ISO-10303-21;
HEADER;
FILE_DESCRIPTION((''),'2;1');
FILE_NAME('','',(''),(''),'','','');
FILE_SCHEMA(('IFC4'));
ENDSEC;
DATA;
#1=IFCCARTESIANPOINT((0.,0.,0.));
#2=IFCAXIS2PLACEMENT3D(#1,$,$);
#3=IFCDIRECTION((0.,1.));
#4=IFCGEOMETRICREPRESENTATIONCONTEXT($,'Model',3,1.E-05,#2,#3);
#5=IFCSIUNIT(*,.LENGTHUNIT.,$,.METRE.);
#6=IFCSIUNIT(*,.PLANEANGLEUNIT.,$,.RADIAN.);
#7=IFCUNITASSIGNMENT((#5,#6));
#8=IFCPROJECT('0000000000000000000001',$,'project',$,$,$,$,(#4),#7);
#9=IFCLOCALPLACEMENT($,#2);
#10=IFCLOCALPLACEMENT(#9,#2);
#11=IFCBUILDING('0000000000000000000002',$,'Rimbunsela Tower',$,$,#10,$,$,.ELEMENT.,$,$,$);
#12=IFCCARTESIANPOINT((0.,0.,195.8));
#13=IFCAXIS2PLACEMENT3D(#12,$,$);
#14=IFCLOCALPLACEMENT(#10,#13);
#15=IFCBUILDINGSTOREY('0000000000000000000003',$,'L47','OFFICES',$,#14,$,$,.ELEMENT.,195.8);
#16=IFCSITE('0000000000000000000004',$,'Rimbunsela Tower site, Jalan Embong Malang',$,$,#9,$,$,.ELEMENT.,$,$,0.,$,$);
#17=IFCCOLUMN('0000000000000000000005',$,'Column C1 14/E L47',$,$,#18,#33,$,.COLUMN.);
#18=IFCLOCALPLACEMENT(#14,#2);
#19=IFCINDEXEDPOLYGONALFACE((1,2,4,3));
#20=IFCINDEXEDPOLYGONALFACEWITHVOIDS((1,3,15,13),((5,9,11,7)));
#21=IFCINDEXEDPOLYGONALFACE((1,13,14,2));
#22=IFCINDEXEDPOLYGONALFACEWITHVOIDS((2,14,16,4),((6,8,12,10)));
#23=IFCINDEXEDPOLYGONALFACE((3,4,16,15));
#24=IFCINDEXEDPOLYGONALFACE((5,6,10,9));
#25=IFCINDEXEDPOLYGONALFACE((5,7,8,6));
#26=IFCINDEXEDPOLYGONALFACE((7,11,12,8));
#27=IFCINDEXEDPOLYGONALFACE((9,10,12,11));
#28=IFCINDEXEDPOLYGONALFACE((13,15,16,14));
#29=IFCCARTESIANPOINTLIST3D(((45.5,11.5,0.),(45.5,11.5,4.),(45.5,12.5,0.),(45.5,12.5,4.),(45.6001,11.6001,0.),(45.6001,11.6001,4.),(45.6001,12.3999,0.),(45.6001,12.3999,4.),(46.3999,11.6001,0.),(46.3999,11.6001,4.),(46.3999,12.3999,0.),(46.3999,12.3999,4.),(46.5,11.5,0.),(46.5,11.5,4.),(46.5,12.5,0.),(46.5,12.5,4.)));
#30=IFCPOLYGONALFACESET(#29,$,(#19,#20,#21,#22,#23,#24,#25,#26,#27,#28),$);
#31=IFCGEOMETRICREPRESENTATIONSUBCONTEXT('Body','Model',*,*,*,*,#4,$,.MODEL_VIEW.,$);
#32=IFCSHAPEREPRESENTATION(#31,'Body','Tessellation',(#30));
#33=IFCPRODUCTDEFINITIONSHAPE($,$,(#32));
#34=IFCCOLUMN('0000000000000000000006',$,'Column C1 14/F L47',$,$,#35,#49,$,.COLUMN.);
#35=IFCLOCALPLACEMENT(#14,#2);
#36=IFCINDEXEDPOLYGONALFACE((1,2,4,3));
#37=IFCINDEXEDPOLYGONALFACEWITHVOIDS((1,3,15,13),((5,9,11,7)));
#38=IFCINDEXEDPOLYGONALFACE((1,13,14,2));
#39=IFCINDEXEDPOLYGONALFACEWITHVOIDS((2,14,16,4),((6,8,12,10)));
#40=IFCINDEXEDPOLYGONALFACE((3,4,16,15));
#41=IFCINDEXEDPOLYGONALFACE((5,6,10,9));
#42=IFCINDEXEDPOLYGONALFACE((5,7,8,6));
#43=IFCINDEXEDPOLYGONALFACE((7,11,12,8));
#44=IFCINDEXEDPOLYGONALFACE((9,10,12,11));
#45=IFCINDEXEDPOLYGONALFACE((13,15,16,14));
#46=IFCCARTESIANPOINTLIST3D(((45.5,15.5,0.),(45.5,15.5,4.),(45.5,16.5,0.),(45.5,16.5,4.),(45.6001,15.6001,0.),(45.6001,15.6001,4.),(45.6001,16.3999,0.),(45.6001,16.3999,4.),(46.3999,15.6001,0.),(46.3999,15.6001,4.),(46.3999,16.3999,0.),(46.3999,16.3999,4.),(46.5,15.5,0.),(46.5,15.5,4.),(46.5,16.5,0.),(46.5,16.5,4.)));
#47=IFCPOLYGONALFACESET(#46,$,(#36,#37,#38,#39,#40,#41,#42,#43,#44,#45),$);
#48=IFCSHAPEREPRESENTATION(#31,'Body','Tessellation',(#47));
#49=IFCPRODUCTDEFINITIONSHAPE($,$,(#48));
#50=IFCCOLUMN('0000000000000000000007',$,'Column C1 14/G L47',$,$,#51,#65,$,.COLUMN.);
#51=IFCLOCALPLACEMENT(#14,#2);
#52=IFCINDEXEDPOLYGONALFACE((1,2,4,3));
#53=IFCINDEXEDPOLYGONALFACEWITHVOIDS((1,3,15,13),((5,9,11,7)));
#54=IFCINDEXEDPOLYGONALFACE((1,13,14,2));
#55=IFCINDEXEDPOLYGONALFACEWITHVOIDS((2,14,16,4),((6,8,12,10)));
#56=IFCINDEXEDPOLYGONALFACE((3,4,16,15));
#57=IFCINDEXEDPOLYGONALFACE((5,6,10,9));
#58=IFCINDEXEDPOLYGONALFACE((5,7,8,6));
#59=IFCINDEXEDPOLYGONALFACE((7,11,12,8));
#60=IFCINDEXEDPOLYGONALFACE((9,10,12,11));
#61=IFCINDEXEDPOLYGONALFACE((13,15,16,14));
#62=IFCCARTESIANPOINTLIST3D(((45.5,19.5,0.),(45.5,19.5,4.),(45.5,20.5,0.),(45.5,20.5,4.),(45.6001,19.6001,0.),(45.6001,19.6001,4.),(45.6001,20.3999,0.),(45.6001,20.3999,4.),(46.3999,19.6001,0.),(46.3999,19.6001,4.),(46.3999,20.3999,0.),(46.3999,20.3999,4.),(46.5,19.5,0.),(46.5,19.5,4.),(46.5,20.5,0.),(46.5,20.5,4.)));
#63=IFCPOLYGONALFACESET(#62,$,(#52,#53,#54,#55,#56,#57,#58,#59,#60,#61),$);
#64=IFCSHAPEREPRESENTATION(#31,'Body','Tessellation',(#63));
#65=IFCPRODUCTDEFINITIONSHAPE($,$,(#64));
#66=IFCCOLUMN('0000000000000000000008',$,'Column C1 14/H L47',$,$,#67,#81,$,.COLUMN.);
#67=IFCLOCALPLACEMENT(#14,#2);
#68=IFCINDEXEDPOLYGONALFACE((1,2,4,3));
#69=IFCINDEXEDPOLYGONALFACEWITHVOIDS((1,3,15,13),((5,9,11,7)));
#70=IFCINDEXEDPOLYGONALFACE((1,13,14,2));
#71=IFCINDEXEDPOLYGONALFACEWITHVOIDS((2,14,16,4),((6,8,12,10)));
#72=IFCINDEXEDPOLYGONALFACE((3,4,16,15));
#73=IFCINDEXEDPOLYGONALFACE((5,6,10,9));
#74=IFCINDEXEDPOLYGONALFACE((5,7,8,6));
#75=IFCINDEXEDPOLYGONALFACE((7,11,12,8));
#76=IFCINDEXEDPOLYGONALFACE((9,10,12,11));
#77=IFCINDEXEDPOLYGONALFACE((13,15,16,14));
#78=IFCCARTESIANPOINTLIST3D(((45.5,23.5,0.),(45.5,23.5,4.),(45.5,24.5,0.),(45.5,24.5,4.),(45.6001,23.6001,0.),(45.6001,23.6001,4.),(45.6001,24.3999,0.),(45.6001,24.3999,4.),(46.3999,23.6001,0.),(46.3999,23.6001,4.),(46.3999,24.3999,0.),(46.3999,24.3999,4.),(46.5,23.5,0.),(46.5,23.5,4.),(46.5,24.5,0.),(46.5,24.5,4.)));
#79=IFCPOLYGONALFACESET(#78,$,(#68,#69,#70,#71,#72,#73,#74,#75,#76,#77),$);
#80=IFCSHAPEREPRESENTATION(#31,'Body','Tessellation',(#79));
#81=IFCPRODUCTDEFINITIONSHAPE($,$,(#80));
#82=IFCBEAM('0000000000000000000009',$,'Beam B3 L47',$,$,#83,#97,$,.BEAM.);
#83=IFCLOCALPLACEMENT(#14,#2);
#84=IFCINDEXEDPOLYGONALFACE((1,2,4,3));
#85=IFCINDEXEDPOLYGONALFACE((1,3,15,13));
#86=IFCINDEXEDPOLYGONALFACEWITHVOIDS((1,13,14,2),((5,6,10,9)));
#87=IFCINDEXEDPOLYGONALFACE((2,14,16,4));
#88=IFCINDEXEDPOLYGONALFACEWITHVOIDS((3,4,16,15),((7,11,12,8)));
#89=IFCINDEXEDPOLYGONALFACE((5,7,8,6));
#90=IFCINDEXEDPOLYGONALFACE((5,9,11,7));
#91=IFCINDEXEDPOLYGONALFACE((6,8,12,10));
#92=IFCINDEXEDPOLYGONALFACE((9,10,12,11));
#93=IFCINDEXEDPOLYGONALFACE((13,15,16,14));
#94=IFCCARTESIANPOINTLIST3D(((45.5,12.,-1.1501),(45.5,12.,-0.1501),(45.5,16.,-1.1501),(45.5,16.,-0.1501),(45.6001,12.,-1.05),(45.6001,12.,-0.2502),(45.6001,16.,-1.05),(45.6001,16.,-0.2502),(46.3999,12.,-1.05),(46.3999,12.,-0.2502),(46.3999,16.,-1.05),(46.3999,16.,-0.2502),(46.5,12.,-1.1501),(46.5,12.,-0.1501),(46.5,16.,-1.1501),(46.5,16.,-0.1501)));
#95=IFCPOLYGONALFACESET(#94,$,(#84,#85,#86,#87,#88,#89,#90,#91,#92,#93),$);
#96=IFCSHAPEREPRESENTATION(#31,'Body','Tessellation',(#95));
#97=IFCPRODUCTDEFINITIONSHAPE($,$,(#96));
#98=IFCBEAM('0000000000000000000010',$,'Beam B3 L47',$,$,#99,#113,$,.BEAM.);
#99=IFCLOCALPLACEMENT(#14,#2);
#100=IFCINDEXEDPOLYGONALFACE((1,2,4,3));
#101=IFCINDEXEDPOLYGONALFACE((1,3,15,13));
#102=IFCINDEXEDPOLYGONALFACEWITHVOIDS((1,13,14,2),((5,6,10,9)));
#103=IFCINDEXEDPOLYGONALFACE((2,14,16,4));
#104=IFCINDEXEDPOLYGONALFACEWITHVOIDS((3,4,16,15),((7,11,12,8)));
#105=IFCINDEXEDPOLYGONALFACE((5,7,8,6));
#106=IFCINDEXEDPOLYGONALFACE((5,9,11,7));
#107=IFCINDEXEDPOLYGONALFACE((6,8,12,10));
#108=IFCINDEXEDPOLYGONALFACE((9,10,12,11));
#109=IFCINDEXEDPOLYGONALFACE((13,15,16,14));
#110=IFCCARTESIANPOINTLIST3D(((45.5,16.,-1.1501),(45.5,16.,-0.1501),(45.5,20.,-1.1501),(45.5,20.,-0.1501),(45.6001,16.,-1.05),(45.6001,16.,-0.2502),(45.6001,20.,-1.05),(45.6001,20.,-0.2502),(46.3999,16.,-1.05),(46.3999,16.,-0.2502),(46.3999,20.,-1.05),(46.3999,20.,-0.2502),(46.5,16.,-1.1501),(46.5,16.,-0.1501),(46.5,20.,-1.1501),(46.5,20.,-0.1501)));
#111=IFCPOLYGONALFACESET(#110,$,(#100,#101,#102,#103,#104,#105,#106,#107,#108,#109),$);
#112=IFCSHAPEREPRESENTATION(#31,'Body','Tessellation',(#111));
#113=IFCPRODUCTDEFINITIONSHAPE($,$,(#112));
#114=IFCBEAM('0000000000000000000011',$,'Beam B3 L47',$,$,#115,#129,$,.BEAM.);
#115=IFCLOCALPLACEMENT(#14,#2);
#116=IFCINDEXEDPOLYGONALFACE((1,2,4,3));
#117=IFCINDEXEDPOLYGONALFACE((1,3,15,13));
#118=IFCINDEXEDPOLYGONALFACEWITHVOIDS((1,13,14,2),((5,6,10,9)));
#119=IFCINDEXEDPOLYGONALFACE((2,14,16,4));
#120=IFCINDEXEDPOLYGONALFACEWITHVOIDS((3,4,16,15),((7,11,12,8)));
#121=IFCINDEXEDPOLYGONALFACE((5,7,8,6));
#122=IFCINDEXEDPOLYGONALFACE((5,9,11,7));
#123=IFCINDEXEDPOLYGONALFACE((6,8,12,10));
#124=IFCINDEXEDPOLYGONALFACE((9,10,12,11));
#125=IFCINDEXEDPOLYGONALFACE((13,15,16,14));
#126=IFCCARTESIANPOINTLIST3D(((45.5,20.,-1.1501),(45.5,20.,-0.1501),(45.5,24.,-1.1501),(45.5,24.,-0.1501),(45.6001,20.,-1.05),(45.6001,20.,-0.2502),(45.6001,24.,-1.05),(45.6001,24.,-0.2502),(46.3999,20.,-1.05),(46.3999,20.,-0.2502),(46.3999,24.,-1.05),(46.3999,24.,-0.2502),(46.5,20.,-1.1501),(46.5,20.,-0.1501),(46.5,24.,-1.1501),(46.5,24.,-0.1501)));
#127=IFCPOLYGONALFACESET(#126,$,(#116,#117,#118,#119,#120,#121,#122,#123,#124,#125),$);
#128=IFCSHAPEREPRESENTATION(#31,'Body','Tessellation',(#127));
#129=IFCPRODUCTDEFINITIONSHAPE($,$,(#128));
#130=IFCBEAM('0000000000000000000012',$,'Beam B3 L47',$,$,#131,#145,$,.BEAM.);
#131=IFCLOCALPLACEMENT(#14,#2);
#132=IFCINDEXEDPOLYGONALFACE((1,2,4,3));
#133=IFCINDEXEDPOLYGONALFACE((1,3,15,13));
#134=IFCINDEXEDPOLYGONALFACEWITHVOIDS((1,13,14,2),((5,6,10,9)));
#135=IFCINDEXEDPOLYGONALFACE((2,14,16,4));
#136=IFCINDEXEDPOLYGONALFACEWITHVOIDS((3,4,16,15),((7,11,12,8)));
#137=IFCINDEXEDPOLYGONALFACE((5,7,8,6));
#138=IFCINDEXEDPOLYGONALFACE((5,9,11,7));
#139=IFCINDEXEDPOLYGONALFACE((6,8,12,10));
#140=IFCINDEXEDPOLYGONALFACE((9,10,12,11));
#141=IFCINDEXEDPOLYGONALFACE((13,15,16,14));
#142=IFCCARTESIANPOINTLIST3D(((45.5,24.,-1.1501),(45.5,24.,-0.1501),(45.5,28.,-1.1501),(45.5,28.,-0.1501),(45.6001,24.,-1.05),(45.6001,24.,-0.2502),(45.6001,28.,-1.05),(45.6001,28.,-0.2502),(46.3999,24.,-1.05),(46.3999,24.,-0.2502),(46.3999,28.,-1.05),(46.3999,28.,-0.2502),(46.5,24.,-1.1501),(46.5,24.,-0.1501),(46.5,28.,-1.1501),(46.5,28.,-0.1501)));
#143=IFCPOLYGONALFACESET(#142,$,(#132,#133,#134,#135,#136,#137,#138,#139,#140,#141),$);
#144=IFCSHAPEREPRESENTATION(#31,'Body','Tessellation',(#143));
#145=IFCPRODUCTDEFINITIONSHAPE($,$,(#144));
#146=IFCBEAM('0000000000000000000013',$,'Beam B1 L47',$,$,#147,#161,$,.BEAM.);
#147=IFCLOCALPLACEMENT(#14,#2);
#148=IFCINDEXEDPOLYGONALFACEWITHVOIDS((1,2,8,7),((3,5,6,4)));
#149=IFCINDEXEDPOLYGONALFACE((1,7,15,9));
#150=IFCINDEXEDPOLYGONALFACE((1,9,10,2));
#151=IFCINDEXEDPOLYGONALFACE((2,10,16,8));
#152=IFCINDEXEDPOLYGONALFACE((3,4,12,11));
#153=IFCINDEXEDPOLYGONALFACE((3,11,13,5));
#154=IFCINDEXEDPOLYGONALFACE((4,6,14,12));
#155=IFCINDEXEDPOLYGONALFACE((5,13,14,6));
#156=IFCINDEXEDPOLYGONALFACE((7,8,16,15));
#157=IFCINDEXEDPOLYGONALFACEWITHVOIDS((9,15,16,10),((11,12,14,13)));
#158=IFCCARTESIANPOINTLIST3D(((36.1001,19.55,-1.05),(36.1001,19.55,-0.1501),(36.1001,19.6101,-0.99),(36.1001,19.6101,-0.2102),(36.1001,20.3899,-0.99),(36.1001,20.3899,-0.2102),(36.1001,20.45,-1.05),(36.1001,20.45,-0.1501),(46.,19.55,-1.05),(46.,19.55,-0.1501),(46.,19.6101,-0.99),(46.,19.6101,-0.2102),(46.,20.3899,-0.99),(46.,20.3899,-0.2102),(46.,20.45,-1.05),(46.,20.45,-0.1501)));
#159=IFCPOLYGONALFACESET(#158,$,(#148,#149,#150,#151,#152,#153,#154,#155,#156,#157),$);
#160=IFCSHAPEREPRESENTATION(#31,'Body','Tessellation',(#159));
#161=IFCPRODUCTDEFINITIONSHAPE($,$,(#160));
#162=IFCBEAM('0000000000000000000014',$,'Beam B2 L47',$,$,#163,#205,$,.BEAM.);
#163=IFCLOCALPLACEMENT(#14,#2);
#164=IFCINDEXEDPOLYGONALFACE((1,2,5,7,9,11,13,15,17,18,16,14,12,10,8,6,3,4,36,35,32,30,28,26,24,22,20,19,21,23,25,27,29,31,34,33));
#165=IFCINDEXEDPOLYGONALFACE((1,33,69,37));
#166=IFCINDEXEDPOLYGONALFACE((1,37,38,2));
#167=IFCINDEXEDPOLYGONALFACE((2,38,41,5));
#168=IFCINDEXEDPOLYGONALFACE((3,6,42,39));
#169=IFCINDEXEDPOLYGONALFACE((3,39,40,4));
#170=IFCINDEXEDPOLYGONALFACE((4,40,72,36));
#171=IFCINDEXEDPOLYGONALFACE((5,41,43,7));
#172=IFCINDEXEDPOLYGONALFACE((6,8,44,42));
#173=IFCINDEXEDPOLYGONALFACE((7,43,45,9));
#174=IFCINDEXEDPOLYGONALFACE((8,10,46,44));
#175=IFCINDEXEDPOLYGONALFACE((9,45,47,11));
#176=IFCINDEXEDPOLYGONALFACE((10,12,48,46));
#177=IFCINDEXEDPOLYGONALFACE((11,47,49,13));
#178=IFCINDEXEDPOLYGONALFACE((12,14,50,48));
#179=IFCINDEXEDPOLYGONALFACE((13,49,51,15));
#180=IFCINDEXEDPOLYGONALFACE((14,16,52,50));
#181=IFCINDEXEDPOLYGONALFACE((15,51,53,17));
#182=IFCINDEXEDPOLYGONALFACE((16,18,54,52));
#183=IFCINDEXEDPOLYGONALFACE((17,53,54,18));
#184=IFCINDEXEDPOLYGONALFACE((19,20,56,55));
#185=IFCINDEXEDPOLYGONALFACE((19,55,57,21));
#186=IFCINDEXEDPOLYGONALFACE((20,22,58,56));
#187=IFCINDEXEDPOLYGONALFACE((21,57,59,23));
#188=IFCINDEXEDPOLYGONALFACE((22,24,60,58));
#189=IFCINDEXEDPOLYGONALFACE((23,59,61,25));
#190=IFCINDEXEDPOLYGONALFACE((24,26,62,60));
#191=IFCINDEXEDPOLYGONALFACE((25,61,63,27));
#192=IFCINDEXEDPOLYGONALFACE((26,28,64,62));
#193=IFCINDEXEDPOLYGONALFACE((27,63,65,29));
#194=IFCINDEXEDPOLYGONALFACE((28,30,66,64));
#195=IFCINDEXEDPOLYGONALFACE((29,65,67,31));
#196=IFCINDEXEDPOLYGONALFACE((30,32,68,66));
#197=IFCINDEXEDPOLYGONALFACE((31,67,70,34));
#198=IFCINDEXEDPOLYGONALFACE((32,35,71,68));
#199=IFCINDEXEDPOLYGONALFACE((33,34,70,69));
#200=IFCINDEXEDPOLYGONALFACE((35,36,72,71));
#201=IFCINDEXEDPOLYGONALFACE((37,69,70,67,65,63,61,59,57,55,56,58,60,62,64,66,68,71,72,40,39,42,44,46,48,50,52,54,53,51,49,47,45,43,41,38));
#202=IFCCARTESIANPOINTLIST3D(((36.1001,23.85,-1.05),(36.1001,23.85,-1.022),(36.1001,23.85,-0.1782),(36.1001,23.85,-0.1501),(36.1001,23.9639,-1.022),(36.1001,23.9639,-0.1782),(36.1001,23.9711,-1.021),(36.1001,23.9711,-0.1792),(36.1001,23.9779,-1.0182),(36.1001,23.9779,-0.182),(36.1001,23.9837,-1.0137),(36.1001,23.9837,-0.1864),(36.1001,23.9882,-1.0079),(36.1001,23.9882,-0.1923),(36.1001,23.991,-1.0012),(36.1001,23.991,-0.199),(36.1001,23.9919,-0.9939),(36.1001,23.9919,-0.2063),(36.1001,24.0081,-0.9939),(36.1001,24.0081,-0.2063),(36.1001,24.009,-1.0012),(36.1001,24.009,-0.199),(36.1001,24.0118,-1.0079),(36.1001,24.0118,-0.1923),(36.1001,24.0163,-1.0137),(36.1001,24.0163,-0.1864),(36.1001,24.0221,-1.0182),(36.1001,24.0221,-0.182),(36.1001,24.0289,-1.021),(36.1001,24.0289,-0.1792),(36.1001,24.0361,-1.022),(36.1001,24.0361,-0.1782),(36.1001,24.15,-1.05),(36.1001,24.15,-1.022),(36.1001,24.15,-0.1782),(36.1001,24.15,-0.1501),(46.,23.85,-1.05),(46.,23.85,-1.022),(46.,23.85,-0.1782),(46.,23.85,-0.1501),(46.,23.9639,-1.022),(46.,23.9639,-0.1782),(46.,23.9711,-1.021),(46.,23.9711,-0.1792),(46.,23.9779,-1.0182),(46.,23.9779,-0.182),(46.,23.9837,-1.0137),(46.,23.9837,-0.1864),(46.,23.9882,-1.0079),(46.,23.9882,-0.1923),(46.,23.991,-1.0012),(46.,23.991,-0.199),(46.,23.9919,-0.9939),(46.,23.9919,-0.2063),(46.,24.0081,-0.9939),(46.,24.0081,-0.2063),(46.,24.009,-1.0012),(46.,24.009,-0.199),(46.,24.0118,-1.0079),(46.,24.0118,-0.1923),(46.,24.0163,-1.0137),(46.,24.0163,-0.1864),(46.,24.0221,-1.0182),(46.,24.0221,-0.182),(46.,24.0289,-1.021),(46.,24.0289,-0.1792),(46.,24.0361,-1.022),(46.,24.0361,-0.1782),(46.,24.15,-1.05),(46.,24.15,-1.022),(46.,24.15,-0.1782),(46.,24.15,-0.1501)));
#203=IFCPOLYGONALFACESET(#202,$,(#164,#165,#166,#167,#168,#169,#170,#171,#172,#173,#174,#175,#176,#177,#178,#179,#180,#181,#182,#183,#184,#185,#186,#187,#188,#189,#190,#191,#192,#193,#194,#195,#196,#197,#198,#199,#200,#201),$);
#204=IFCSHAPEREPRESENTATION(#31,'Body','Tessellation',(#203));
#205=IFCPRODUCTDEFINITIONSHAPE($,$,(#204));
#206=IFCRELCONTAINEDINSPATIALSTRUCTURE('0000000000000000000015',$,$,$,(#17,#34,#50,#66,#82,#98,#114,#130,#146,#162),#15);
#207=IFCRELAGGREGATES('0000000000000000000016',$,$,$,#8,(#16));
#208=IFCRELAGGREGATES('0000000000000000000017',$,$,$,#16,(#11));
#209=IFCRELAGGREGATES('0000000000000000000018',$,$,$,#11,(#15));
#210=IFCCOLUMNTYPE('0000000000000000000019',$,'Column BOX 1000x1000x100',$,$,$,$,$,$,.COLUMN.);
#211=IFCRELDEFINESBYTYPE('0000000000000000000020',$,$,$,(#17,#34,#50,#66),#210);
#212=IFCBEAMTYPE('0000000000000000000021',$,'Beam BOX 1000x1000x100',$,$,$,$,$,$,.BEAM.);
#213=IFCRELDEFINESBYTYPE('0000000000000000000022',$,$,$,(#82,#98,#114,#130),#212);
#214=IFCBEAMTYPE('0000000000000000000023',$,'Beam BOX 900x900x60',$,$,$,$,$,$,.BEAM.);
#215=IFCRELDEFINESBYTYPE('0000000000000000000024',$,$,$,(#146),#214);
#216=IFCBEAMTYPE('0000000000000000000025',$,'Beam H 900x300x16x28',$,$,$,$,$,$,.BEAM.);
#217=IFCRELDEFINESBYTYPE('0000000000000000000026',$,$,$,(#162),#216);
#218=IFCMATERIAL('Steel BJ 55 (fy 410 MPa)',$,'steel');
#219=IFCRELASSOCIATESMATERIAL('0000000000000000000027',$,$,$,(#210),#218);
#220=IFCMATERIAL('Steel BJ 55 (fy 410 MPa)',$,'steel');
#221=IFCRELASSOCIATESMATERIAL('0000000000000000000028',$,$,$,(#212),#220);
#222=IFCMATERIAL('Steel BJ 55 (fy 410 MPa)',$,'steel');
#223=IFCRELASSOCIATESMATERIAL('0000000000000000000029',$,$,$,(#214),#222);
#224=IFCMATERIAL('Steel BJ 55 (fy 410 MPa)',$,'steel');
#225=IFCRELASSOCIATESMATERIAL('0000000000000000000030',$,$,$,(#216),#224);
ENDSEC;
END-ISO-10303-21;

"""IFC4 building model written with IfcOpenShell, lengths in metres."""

from ifc_helpers import new_model, si_unit, direction, frame, origin, origin_2d, place, context, subcontext, project, spatial, hollow_rectangle, i_section, extrude, material, material_profile, profile_set, type_object, element, save


model = new_model("IFC4")

# Units and contexts
model_context = context("Model", 3, precision=1e-05, world=origin(), true_north=direction((0.0, 1.0)))
body_context = subcontext(model_context, "Body", "Model", "MODEL_VIEW")
ifc_project = project(units=[si_unit("LENGTHUNIT", "METRE"), si_unit("PLANEANGLEUNIT", "RADIAN")], contexts=[model_context])

# Site, building, storey
site_placement = place(None, origin())
site = spatial("IfcSite", under=ifc_project, at=site_placement, Name="Rimbunsela Tower site, Jalan Embong Malang", CompositionType="ELEMENT", RefElevation=0.0)
building_placement = place(site_placement, origin())
building = spatial("IfcBuilding", under=site, at=building_placement, Name="Rimbunsela Tower", CompositionType="ELEMENT")
storey_placement = place(building_placement, frame((0.0, 0.0, 195.8)))
storey = spatial("IfcBuildingStorey", under=building, at=storey_placement, Name="L47", Description="OFFICES", CompositionType="ELEMENT", Elevation=195.8)

# Columns
ifc_material_1 = material(Name="Steel BJ 55 (fy 410 MPa)", Category="steel")
ifc_material_profile_1 = material_profile(ifc_material_1, hollow_rectangle(XDim=1.0, YDim=1.0, WallThickness=0.1001, at=origin_2d()), Name="BOX 1000x1000x100")
ifc_profile_set_1 = profile_set([ifc_material_profile_1], Name="Steel BJ 55 (fy 410 MPa)")
column_type = type_object("IfcColumnType", Name="Column BOX 1000x1000x100", PredefinedType="COLUMN", material=ifc_profile_set_1)
for number, where, z_axis, x_axis, name in (
    (1, (46.0, 12.0, 0.0), (0.0, 0.0, 1.0), (1.0, 0.0, 0.0), "Column C1 14/E L47"),
    (2, (46.0, 16.0, 0.0), (0.0, 0.0, 1.0), (1.0, 0.0, 0.0), "Column C1 14/F L47"),
    (3, (46.0, 20.0, 0.0), (0.0, 0.0, 1.0), (1.0, 0.0, 0.0), "Column C1 14/G L47"),
    (4, (46.0, 24.0, 0.0), (0.0, 0.0, 1.0), (1.0, 0.0, 0.0), "Column C1 14/H L47"),
):
    element("IfcColumn", number, at=place(storey_placement, frame(where, z_axis=z_axis, x_axis=x_axis)), inside=storey, type_object=column_type, Name=name, PredefinedType="COLUMN", context=body_context, shape_type="SweptSolid", body=[
        extrude(hollow_rectangle(XDim=1.0, YDim=1.0, WallThickness=0.1001, at=origin_2d()), origin(), (0.0, 0.0, 1.0), 4.0),
    ])

# Beams
ifc_material_2 = material(Name="Steel BJ 55 (fy 410 MPa)", Category="steel")
ifc_material_profile_2 = material_profile(ifc_material_2, hollow_rectangle(XDim=1.0, YDim=1.0, WallThickness=0.1001, at=origin_2d()), Name="BOX 1000x1000x100")
ifc_profile_set_2 = profile_set([ifc_material_profile_2], Name="Steel BJ 55 (fy 410 MPa)")
beam_type_1 = type_object("IfcBeamType", Name="Beam BOX 1000x1000x100", PredefinedType="BEAM", material=ifc_profile_set_2)
for number, where, z_axis, x_axis, name in (
    (5, (46.0, 12.0, -0.6501), (0.0, 1.0, 0.0), (-1.0, 0.0, 0.0), "Beam B3 L47"),
    (6, (46.0, 16.0, -0.6501), (0.0, 1.0, 0.0), (-1.0, 0.0, 0.0), "Beam B3 L47"),
    (7, (46.0, 20.0, -0.6501), (0.0, 1.0, 0.0), (-1.0, 0.0, 0.0), "Beam B3 L47"),
    (8, (46.0, 24.0, -0.6501), (0.0, 1.0, 0.0), (-1.0, 0.0, 0.0), "Beam B3 L47"),
):
    element("IfcBeam", number, at=place(storey_placement, frame(where, z_axis=z_axis, x_axis=x_axis)), inside=storey, type_object=beam_type_1, Name=name, PredefinedType="BEAM", context=body_context, shape_type="SweptSolid", body=[
        extrude(hollow_rectangle(XDim=1.0, YDim=1.0, WallThickness=0.1001, at=origin_2d()), origin(), (0.0, 0.0, 1.0), 4.0),
    ])
ifc_material_3 = material(Name="Steel BJ 55 (fy 410 MPa)", Category="steel")
ifc_material_profile_3 = material_profile(ifc_material_3, hollow_rectangle(XDim=0.8999, YDim=0.8999, WallThickness=0.0601, at=origin_2d()), Name="BOX 900x900x60")
ifc_profile_set_3 = profile_set([ifc_material_profile_3], Name="Steel BJ 55 (fy 410 MPa)")
beam_type_2 = type_object("IfcBeamType", Name="Beam BOX 900x900x60", PredefinedType="BEAM", material=ifc_profile_set_3)
beam_1_placement = place(storey_placement, frame((36.1001, 20.0, -0.6001), z_axis=(1.0, 0.0, 0.0), x_axis=(0.0, 1.0, 0.0)))
element("IfcBeam", 9, at=beam_1_placement, inside=storey, type_object=beam_type_2, Name="Beam B1 L47", PredefinedType="BEAM", context=body_context, shape_type="SweptSolid", body=[
    extrude(hollow_rectangle(XDim=0.8999, YDim=0.8999, WallThickness=0.0601, at=origin_2d()), origin(), (0.0, 0.0, 1.0), 9.8999),
])
ifc_material_4 = material(Name="Steel BJ 55 (fy 410 MPa)", Category="steel")
ifc_material_profile_4 = material_profile(ifc_material_4, i_section(OverallWidth=0.3, OverallDepth=0.8999, WebThickness=0.0161, FlangeThickness=0.0281, FilletRadius=0.0281, at=origin_2d()), Name="H 900x300x16x28")
ifc_profile_set_4 = profile_set([ifc_material_profile_4], Name="Steel BJ 55 (fy 410 MPa)")
beam_type_3 = type_object("IfcBeamType", Name="Beam H 900x300x16x28", PredefinedType="BEAM", material=ifc_profile_set_4)
beam_2_placement = place(storey_placement, frame((36.1001, 24.0, -0.6001), z_axis=(1.0, 0.0, 0.0), x_axis=(0.0, 1.0, 0.0)))
element("IfcBeam", 10, at=beam_2_placement, inside=storey, type_object=beam_type_3, Name="Beam B2 L47", PredefinedType="BEAM", context=body_context, shape_type="SweptSolid", body=[
    extrude(i_section(OverallWidth=0.3, OverallDepth=0.8999, WebThickness=0.0161, FlangeThickness=0.0281, FilletRadius=0.0281, at=origin_2d()), origin(), (0.0, 0.0, 1.0), 9.8999),
])

save(model, "model.ifc")
